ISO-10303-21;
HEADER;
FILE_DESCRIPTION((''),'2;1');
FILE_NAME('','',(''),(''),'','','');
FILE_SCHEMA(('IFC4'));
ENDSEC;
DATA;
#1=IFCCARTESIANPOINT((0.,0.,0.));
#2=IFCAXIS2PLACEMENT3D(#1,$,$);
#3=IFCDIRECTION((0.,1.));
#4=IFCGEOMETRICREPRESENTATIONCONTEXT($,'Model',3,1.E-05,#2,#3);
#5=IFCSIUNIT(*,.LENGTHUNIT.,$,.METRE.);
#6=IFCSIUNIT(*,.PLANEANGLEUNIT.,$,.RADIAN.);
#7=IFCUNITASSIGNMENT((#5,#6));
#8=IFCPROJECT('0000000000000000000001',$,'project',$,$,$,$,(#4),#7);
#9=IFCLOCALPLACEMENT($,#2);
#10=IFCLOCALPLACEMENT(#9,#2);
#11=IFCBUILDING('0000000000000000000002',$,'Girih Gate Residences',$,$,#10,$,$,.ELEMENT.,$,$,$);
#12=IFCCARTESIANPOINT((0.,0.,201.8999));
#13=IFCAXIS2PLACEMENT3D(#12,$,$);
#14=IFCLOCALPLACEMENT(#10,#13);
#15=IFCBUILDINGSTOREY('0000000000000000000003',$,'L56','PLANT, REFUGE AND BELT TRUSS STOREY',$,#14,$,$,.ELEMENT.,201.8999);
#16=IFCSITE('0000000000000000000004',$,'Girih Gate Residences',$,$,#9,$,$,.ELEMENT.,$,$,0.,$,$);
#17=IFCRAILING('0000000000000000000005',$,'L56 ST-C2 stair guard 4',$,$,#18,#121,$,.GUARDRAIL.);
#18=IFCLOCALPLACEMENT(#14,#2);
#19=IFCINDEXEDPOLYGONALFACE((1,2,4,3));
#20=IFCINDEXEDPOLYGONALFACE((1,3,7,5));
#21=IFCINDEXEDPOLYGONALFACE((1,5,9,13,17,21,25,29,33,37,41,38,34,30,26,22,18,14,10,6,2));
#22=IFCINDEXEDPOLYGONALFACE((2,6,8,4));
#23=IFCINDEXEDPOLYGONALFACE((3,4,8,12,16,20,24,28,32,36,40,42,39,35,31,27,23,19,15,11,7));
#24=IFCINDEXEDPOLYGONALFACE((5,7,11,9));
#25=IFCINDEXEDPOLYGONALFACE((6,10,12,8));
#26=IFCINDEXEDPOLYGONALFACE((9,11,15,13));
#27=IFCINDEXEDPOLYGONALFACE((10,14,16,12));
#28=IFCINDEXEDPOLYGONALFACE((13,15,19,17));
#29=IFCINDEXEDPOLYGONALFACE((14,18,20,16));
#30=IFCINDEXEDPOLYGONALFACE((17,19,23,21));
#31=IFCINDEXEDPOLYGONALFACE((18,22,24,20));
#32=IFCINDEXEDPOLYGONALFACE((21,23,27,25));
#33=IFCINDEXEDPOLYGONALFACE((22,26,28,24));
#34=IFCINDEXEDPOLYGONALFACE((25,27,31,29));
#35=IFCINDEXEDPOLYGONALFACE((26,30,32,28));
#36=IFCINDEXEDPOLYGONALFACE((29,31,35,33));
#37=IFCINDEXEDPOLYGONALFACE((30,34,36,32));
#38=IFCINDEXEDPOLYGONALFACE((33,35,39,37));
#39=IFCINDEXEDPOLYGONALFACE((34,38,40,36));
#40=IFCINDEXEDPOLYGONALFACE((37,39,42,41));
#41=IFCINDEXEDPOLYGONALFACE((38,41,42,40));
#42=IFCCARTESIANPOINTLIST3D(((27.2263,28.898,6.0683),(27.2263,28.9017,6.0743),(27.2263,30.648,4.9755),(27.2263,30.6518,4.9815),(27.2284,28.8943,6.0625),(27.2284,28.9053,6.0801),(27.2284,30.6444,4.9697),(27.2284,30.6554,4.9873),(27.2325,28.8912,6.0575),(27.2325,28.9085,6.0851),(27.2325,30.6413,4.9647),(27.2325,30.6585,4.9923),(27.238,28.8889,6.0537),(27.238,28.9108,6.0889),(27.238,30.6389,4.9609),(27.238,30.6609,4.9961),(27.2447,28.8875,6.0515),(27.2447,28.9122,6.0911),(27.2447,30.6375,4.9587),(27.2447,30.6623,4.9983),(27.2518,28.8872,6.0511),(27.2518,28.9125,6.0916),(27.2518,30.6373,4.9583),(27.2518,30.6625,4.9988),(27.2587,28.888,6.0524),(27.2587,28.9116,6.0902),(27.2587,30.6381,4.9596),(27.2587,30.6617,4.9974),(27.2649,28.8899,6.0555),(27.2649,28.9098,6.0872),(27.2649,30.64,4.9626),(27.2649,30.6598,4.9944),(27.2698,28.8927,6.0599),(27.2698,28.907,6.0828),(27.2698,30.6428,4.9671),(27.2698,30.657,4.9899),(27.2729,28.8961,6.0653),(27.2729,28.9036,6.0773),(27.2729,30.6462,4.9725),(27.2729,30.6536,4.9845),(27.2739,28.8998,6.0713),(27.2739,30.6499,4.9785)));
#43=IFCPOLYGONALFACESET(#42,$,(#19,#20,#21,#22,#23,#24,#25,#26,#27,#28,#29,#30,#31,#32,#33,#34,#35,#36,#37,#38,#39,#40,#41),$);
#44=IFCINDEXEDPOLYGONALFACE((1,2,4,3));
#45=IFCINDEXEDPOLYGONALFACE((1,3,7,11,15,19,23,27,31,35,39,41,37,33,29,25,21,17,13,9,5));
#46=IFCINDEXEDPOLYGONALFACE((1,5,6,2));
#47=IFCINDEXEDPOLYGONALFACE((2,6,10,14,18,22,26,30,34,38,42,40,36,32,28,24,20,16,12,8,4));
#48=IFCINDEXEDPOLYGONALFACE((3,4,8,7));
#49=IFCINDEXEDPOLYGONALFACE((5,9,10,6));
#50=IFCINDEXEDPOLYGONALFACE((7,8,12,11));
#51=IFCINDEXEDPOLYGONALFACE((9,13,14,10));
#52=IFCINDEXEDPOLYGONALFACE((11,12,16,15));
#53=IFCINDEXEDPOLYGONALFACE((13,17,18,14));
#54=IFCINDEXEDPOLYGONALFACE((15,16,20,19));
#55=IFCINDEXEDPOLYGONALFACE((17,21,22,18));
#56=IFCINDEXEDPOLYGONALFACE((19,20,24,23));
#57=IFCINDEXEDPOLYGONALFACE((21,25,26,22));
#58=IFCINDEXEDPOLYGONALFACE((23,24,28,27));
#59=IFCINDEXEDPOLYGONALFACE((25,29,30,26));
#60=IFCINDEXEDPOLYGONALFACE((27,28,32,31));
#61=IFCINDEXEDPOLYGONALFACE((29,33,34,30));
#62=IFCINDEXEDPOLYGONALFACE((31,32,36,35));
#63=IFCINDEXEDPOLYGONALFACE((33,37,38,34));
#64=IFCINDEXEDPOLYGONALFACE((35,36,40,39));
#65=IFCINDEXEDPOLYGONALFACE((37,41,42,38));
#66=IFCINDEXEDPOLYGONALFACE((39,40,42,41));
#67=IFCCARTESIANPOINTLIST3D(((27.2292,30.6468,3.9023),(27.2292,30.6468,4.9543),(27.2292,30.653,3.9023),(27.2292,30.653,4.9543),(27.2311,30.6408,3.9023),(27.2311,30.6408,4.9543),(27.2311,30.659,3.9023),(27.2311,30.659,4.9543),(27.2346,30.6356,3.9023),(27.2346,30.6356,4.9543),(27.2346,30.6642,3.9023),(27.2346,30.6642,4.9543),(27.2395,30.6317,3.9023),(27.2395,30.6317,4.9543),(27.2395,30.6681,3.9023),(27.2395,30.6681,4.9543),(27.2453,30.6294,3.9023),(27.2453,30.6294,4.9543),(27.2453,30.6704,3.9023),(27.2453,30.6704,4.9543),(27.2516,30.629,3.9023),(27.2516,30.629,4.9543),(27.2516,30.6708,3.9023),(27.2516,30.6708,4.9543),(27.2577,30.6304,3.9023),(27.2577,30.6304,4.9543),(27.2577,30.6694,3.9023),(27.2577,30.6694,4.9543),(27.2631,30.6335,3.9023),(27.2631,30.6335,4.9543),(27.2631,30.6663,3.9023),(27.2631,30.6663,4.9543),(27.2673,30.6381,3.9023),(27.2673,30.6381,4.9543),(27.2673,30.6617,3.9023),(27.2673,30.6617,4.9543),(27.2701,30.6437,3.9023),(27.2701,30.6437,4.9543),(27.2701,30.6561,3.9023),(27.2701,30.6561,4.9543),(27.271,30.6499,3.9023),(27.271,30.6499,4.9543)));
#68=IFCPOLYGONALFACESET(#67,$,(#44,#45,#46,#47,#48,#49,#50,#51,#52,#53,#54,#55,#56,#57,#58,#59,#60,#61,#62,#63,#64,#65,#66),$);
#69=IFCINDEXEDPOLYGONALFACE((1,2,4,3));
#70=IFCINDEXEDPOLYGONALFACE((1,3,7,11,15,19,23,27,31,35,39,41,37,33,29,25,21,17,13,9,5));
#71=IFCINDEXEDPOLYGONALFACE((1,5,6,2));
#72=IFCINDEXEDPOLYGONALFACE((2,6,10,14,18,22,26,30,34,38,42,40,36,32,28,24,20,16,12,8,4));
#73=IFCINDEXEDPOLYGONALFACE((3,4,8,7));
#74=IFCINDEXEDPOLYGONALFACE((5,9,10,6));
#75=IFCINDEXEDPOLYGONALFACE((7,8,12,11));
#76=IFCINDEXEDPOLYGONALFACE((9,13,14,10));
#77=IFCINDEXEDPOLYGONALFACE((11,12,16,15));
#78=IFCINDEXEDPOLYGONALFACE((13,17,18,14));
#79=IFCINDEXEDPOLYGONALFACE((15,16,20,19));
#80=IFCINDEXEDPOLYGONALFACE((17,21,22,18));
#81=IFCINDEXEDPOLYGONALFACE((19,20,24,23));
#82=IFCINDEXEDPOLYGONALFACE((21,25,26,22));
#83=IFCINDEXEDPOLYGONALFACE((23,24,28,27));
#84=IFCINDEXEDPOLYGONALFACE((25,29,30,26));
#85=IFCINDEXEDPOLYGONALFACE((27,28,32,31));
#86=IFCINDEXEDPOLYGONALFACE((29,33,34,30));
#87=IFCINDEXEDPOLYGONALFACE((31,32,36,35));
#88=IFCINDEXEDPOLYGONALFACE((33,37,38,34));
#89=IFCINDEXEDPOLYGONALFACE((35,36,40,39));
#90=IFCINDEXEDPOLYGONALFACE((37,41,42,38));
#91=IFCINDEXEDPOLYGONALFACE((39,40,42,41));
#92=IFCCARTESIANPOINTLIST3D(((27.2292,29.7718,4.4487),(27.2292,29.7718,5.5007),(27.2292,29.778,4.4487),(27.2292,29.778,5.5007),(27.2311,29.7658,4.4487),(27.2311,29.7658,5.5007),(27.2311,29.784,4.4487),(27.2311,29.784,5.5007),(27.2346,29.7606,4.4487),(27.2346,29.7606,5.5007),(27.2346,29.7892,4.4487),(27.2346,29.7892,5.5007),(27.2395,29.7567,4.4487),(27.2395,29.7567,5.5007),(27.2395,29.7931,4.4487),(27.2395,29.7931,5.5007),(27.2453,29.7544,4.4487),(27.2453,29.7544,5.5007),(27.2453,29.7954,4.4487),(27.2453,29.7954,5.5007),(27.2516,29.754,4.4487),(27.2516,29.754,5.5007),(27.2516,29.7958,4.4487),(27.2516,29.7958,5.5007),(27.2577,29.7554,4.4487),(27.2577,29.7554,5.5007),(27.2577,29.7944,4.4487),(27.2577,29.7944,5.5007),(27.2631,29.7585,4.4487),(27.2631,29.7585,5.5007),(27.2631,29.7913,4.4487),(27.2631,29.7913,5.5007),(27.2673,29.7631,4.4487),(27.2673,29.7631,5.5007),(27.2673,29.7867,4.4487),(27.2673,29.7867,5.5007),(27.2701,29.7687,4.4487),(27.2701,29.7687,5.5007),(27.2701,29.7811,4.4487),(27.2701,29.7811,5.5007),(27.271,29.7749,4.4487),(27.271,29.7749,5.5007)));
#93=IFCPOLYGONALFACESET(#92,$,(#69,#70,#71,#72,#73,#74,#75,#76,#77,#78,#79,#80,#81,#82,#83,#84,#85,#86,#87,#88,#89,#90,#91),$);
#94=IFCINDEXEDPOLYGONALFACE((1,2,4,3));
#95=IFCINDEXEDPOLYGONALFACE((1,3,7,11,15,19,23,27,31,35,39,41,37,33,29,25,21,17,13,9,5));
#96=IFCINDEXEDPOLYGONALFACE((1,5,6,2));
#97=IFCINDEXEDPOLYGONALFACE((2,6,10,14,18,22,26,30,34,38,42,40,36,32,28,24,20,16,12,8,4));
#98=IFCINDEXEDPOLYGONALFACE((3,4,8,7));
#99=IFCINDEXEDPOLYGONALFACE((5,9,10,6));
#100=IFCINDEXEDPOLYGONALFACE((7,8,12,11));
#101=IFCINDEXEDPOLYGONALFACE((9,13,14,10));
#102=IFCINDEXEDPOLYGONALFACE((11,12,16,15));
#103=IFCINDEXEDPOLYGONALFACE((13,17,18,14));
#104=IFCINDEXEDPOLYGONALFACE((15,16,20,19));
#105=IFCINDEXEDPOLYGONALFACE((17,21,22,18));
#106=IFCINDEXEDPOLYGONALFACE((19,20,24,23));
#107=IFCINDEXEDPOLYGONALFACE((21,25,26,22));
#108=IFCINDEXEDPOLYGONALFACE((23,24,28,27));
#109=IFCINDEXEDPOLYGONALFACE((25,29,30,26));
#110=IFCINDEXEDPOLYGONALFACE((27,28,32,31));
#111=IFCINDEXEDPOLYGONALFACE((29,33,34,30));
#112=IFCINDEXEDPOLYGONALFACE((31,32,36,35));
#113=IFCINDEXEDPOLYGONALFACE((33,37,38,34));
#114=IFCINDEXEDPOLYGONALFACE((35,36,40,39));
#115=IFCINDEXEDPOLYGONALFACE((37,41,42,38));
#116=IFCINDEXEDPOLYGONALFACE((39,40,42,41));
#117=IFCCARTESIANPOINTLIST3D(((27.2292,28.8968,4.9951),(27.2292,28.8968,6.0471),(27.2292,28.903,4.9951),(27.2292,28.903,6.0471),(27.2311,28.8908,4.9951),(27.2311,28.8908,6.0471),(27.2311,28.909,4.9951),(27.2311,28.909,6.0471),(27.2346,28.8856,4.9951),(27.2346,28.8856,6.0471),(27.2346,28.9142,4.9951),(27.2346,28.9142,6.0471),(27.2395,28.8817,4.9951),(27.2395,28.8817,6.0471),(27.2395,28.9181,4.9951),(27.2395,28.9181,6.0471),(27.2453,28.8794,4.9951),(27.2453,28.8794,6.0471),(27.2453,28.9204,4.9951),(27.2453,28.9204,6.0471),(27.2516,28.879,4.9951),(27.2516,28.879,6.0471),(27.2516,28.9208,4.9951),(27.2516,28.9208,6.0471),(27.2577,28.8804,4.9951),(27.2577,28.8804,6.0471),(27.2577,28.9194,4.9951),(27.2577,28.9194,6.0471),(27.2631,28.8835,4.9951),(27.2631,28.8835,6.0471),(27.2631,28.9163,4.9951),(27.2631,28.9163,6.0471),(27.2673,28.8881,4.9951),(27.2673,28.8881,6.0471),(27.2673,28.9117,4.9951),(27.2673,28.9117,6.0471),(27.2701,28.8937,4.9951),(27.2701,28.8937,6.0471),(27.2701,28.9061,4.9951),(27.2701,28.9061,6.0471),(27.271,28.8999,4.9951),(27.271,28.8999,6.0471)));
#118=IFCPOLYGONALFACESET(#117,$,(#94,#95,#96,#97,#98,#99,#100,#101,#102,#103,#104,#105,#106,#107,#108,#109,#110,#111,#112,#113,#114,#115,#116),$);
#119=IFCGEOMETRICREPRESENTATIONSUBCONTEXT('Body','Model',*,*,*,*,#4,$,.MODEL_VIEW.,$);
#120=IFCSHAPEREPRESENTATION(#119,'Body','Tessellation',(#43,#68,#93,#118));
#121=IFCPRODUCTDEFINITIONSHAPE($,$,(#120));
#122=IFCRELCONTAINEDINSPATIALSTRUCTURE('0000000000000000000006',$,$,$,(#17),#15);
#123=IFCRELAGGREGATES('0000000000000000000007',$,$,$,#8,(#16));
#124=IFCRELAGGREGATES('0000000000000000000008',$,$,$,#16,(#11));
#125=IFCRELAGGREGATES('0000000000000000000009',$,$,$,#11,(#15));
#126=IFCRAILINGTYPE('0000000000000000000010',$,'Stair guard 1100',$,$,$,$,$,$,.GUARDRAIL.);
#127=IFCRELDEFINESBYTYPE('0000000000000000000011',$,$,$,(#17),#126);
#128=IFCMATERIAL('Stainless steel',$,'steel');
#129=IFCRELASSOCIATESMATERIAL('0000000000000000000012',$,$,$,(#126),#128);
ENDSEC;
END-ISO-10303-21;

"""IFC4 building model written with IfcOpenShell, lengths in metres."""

from ifc_helpers import new_model, si_unit, direction, frame, origin, origin_2d, place, context, subcontext, project, spatial, circle, extrude, material, type_object, element, save


model = new_model("IFC4")

# Units and contexts
model_context = context("Model", 3, precision=1e-05, world=origin(), true_north=direction((0.0, 1.0)))
body_context = subcontext(model_context, "Body", "Model", "MODEL_VIEW")
ifc_project = project(units=[si_unit("LENGTHUNIT", "METRE"), si_unit("PLANEANGLEUNIT", "RADIAN")], contexts=[model_context])

# Site, building, storey
site_placement = place(None, origin())
site = spatial("IfcSite", under=ifc_project, at=site_placement, Name="Girih Gate Residences", CompositionType="ELEMENT", RefElevation=0.0)
building_placement = place(site_placement, origin())
building = spatial("IfcBuilding", under=site, at=building_placement, Name="Girih Gate Residences", CompositionType="ELEMENT")
storey_placement = place(building_placement, frame((0.0, 0.0, 201.8999)))
storey = spatial("IfcBuildingStorey", under=building, at=storey_placement, Name="L56", Description="PLANT, REFUGE AND BELT TRUSS STOREY", CompositionType="ELEMENT", Elevation=201.8999)

# Railing
ifc_material_1 = material(Name="Stainless steel", Category="steel")
railing_type_1 = type_object("IfcRailingType", Name="Stair guard 1100", PredefinedType="GUARDRAIL", material=ifc_material_1)
railing_1_placement = place(storey_placement, frame((27.25, 30.6499, 3.9023)))
element("IfcRailing", 1, at=railing_1_placement, inside=storey, type_object=railing_type_1, Name="L56 ST-C2 stair guard 4", PredefinedType="GUARDRAIL", context=body_context, shape_type="SweptSolid", body=[
    extrude(circle(Radius=0.0239, at=origin_2d()), frame((0.0, 0.0, 1.0762), z_axis=(0.0, -0.848211, 0.529659), x_axis=(1.0, 0.0, 0.0)), (0.0, 0.0, 1.0), 2.0632),
    extrude(circle(Radius=0.021, at=origin_2d()), origin(), (0.0, 0.0, 1.0), 1.052),
    extrude(circle(Radius=0.021, at=origin_2d()), frame((0.0, -0.875, 0.5464)), (0.0, 0.0, 1.0), 1.052),
    extrude(circle(Radius=0.021, at=origin_2d()), frame((0.0, -1.75, 1.0928)), (0.0, 0.0, 1.0), 1.052),
])

save(model, "model.ifc")
